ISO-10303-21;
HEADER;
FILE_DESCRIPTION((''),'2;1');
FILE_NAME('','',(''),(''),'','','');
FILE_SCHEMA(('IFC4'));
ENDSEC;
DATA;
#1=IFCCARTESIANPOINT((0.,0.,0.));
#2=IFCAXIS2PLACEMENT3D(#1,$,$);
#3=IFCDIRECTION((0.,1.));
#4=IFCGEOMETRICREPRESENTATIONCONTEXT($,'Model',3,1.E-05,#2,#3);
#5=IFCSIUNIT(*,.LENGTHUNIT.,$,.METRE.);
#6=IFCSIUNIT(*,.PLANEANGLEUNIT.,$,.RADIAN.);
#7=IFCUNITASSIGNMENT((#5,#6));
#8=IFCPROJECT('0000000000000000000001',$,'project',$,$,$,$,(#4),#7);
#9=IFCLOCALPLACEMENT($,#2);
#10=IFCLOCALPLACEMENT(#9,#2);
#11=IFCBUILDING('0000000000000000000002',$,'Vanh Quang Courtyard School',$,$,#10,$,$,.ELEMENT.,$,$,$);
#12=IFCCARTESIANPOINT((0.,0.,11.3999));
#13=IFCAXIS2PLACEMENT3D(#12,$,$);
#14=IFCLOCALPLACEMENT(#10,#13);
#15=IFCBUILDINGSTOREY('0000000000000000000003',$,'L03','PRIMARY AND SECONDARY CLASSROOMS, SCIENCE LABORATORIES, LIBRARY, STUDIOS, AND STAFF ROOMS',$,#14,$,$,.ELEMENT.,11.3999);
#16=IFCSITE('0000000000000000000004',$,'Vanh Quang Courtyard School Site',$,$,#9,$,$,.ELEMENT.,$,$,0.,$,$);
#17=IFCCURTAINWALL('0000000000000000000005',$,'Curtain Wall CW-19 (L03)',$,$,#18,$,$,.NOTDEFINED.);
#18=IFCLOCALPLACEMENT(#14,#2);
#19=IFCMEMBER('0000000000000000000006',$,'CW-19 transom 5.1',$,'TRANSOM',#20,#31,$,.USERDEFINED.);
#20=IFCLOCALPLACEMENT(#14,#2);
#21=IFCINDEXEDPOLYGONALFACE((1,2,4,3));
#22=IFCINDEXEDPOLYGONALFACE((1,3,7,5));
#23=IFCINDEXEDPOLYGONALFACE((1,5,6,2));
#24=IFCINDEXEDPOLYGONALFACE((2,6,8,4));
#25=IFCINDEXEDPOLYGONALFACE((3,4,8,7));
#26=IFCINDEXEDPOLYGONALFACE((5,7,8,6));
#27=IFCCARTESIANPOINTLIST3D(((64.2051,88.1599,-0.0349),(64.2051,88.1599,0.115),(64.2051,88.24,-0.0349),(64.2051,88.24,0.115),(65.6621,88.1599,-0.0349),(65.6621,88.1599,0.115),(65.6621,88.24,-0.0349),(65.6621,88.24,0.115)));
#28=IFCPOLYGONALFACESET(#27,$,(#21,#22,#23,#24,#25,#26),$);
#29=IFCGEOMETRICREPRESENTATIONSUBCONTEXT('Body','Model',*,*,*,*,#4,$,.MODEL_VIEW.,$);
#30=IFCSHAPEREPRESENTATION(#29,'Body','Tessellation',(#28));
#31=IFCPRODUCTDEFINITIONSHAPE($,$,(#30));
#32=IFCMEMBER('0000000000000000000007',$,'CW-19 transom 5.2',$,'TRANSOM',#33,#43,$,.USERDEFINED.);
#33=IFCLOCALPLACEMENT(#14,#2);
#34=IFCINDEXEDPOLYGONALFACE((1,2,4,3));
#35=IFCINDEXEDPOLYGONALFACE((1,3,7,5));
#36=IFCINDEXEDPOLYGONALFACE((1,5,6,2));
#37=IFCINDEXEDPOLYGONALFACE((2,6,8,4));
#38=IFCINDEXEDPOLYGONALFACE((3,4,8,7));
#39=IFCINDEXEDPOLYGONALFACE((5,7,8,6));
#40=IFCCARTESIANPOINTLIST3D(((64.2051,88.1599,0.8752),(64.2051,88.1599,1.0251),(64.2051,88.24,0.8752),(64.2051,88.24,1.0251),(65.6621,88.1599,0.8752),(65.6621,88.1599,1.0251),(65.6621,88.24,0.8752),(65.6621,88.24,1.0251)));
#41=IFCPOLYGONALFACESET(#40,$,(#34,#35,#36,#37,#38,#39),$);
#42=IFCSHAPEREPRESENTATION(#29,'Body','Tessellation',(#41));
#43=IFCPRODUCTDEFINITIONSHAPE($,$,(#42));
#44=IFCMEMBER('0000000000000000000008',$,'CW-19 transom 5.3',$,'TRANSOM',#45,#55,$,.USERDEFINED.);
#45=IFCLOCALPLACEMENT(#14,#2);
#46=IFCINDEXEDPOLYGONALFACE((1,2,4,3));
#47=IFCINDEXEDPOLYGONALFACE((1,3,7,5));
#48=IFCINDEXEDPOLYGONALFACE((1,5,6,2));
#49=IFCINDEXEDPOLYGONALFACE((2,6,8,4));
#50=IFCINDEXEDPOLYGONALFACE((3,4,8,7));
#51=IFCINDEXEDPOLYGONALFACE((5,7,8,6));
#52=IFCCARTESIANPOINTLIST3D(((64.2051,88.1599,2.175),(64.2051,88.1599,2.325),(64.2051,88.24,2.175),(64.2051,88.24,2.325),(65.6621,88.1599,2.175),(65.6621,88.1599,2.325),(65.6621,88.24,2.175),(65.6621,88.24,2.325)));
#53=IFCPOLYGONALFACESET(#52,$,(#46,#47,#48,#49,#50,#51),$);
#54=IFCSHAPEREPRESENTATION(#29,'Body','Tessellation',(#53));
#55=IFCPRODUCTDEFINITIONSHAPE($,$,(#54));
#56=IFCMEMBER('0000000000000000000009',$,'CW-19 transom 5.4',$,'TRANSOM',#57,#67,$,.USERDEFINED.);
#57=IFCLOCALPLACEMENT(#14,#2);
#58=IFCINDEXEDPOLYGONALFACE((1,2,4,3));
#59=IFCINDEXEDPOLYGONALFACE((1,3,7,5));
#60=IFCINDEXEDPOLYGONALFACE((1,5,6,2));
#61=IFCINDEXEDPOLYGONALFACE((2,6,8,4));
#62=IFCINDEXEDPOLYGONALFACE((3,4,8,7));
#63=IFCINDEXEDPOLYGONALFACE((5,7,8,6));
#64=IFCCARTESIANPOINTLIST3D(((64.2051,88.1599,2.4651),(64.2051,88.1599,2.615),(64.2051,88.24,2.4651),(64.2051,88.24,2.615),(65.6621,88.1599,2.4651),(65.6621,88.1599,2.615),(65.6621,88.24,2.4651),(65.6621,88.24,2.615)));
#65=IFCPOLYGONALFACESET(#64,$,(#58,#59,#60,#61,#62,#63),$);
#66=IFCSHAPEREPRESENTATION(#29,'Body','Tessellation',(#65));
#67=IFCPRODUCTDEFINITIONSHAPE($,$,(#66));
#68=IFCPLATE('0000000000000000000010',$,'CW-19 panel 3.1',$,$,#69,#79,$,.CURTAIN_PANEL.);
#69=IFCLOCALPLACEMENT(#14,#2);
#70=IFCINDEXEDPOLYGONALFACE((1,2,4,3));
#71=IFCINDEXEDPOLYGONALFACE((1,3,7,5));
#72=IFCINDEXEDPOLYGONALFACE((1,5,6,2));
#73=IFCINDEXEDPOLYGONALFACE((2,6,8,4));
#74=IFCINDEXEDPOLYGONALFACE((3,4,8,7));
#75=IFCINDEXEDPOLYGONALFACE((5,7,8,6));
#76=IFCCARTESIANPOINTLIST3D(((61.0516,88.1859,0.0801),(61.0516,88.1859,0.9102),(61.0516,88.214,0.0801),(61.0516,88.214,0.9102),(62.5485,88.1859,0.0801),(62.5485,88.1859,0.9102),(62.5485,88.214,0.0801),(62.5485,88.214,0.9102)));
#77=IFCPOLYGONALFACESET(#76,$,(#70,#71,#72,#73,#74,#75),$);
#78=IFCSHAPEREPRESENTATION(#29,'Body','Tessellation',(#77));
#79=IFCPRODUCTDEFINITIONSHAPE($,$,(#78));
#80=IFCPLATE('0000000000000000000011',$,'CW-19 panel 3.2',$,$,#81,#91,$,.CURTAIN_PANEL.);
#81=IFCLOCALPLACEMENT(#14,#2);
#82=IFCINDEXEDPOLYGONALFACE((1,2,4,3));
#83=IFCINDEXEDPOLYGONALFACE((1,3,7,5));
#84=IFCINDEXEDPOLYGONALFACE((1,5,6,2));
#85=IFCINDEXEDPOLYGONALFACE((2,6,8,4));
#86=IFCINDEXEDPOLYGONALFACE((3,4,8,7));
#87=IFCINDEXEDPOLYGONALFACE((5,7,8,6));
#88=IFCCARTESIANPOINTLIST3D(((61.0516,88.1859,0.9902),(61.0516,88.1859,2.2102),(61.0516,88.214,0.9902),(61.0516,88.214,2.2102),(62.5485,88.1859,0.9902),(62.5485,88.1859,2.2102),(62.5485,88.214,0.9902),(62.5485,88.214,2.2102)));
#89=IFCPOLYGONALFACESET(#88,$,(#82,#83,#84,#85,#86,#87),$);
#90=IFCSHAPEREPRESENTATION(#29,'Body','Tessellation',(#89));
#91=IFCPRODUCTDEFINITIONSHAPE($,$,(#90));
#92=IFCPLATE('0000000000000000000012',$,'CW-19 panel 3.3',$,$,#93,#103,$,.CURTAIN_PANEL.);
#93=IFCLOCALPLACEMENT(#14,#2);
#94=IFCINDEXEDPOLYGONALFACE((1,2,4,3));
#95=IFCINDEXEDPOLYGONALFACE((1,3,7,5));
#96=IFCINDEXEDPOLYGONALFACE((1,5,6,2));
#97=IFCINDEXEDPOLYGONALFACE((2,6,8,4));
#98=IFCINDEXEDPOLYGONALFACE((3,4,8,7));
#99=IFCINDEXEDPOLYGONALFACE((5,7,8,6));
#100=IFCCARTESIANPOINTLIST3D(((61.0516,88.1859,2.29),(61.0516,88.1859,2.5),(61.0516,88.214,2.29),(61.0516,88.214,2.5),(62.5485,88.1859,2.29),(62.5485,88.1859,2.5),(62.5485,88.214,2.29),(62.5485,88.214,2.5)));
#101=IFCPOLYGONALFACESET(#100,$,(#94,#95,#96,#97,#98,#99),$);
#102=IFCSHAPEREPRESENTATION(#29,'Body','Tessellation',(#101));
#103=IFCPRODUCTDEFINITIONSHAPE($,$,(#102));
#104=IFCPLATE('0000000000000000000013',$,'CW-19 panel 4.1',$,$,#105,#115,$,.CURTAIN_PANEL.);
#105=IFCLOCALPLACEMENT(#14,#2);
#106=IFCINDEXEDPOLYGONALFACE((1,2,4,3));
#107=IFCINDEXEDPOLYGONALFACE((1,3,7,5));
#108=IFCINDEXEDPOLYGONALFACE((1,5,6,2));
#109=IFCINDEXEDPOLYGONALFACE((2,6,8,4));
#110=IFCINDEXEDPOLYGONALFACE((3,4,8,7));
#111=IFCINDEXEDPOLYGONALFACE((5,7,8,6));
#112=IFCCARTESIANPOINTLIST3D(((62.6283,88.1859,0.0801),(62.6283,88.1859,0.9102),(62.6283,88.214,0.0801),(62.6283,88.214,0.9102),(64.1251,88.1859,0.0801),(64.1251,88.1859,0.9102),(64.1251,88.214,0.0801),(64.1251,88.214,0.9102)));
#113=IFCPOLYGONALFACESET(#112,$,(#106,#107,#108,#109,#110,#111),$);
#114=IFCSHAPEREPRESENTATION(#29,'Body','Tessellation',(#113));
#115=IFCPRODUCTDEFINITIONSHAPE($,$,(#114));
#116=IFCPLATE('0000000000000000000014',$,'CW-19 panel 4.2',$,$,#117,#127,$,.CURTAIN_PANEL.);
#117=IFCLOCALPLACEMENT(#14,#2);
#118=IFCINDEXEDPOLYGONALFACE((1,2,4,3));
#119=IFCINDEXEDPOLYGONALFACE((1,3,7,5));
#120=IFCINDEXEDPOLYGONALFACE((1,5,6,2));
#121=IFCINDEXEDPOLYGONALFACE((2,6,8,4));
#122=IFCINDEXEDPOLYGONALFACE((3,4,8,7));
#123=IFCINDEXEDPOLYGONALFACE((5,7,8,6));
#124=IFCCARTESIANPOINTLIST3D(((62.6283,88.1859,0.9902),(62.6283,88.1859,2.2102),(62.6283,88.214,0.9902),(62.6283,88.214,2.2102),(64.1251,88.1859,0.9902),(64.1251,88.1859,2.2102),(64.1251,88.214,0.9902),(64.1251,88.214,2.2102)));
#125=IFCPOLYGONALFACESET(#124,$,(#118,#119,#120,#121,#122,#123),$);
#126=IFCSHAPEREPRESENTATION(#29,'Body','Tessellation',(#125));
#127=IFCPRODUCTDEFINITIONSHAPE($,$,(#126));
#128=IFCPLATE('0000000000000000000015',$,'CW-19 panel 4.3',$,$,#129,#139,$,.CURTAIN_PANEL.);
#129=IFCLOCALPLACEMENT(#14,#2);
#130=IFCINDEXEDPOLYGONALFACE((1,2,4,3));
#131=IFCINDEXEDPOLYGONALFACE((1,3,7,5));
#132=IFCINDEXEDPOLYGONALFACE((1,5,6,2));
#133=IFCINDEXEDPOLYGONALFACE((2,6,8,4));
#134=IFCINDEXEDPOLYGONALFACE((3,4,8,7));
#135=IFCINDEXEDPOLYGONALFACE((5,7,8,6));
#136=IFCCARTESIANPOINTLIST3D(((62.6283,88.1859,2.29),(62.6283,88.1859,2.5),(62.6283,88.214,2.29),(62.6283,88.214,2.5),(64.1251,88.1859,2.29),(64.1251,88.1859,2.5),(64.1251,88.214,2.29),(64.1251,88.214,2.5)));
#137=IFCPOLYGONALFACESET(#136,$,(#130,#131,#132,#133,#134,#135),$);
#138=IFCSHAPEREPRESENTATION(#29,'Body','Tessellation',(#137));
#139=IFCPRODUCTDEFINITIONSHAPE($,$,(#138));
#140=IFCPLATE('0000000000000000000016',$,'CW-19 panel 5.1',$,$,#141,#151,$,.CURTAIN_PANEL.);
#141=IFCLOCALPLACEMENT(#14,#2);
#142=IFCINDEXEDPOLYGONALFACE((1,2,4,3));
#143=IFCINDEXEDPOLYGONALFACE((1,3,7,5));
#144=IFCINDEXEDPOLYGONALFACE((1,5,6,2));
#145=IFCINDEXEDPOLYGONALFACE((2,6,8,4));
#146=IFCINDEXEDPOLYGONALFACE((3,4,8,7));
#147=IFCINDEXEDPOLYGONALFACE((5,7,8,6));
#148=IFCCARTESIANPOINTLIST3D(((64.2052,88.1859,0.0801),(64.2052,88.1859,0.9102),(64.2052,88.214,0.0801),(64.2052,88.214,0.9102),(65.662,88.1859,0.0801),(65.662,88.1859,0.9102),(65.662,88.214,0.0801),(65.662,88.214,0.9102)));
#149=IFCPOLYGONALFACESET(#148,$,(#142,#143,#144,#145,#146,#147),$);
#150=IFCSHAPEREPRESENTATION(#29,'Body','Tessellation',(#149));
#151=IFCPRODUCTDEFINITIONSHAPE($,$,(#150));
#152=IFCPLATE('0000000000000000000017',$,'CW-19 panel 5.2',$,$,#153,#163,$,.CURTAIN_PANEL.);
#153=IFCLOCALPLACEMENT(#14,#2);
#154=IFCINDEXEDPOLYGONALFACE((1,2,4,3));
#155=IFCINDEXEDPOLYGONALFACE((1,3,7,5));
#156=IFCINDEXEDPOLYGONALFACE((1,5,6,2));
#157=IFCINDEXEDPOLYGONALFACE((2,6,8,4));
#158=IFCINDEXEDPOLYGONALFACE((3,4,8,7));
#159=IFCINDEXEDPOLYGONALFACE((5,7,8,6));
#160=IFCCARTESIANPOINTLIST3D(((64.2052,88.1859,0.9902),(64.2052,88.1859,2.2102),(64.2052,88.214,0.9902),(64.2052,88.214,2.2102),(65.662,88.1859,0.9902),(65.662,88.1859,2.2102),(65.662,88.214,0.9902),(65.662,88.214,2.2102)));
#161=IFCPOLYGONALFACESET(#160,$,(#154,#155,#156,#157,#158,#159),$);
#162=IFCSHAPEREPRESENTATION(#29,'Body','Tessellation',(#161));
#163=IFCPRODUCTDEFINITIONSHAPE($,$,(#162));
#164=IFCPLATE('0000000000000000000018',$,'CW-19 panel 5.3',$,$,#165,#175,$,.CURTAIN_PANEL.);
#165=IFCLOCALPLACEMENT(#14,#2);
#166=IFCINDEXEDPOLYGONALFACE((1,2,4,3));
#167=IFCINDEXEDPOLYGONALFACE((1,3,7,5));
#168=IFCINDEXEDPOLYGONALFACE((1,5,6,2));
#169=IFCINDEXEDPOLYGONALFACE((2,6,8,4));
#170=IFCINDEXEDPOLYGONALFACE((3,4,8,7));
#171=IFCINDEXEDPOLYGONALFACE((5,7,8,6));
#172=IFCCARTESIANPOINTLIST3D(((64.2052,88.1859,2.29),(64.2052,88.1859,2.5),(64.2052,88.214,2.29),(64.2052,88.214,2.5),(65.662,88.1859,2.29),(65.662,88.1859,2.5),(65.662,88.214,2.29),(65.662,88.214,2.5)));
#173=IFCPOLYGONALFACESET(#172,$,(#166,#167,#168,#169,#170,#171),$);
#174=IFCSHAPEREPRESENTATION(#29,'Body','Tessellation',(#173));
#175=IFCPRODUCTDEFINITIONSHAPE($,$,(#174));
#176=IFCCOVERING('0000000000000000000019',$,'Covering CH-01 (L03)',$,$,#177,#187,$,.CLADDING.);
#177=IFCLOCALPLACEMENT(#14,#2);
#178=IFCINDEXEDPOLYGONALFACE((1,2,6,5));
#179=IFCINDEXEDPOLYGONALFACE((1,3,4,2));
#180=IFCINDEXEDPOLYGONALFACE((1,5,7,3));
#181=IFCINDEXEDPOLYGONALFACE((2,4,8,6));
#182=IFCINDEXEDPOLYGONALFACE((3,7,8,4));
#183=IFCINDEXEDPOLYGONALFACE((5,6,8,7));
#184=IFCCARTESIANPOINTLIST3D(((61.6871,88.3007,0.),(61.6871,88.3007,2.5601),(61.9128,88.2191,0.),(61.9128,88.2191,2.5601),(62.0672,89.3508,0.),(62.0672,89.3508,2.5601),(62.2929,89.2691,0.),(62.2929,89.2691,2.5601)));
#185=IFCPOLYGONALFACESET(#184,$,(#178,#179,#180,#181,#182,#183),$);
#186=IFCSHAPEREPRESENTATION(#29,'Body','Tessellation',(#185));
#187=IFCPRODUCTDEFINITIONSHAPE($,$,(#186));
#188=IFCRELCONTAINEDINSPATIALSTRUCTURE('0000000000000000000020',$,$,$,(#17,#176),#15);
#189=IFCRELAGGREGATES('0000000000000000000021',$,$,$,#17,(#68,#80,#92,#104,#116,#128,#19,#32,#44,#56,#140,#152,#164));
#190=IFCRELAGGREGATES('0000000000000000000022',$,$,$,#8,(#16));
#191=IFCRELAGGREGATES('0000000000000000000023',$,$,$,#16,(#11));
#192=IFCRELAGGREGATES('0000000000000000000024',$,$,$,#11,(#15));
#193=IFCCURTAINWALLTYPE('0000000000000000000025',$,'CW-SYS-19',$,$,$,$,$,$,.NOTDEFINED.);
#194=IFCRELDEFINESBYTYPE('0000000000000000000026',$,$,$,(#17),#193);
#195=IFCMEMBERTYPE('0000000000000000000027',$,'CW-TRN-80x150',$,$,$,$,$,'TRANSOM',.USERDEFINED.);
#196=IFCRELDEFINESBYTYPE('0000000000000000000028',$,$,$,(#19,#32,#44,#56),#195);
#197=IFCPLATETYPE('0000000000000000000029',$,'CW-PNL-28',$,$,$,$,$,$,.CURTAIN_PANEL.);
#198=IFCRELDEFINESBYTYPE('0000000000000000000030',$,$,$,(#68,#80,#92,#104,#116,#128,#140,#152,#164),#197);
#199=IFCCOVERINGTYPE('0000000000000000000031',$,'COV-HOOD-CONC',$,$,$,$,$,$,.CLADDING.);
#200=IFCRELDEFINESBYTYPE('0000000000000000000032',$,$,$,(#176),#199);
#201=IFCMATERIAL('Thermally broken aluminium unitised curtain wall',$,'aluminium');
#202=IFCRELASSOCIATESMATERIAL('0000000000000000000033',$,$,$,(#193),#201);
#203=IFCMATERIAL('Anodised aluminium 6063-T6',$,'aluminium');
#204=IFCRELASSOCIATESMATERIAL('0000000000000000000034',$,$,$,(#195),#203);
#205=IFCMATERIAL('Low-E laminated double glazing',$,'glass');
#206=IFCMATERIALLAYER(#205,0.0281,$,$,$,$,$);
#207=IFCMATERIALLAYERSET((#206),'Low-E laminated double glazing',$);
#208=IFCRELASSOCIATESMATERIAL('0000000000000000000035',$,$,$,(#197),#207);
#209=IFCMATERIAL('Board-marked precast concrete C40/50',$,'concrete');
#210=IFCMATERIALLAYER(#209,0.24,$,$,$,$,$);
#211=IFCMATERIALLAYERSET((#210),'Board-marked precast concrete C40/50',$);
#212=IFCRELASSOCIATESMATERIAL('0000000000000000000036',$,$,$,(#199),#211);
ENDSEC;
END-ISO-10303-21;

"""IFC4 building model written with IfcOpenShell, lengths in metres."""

from ifc_helpers import new_model, si_unit, direction, frame, origin, origin_2d, place, context, subcontext, project, spatial, rectangle, extrude, material, layer, layer_set, material_profile, profile_set, type_object, element, aggregate, save


model = new_model("IFC4")

# Units and contexts
model_context = context("Model", 3, precision=1e-05, world=origin(), true_north=direction((0.0, 1.0)))
body_context = subcontext(model_context, "Body", "Model", "MODEL_VIEW")
ifc_project = project(units=[si_unit("LENGTHUNIT", "METRE"), si_unit("PLANEANGLEUNIT", "RADIAN")], contexts=[model_context])

# Site, building, storey
site_placement = place(None, origin())
site = spatial("IfcSite", under=ifc_project, at=site_placement, Name="Vanh Quang Courtyard School Site", CompositionType="ELEMENT", RefElevation=0.0)
building_placement = place(site_placement, origin())
building = spatial("IfcBuilding", under=site, at=building_placement, Name="Vanh Quang Courtyard School", CompositionType="ELEMENT")
storey_placement = place(building_placement, frame((0.0, 0.0, 11.3999)))
storey = spatial("IfcBuildingStorey", under=building, at=storey_placement, Name="L03", Description="PRIMARY AND SECONDARY CLASSROOMS, SCIENCE LABORATORIES, LIBRARY, STUDIOS, AND STAFF ROOMS", CompositionType="ELEMENT", Elevation=11.3999)

# Curtain wall, members, plates
ifc_material_1 = material(Name="Thermally broken aluminium unitised curtain wall", Category="aluminium")
curtain_wall_type = type_object("IfcCurtainWallType", Name="CW-SYS-19", PredefinedType="NOTDEFINED", material=ifc_material_1)
curtain_wall_placement = place(storey_placement, origin())
curtain_wall = element("IfcCurtainWall", 1, at=curtain_wall_placement, inside=storey, type_object=curtain_wall_type, Name="Curtain Wall CW-19 (L03)", PredefinedType="NOTDEFINED")
ifc_material_2 = material(Name="Anodised aluminium 6063-T6", Category="aluminium")
ifc_material_profile_1 = material_profile(ifc_material_2, rectangle(XDim=0.0801, YDim=0.1499, at=origin_2d()), Name="ALU-TRN 80x150")
ifc_profile_set_1 = profile_set([ifc_material_profile_1], Name="Anodised aluminium 6063-T6")
member_type_1 = type_object("IfcMemberType", Name="CW-TRN-80x150", ElementType="TRANSOM", PredefinedType="USERDEFINED", material=ifc_profile_set_1)
member_1_placement = place(storey_placement, frame((64.2051, 88.2, 0.04), z_axis=(1.0, 0.0, 0.0), x_axis=(0.0, 1.0, 0.0)))
member_1 = element("IfcMember", 2, at=member_1_placement, type_object=member_type_1, Name="CW-19 transom 5.1", ObjectType="TRANSOM", PredefinedType="USERDEFINED", context=body_context, shape_type="SweptSolid", body=[
    extrude(rectangle(XDim=0.0801, YDim=0.1499, at=origin_2d()), origin(), (0.0, 0.0, 1.0), 1.457),
])
member_2_placement = place(storey_placement, frame((64.2051, 88.2, 0.9502), z_axis=(1.0, 0.0, 0.0), x_axis=(0.0, 1.0, 0.0)))
member_2 = element("IfcMember", 3, at=member_2_placement, type_object=member_type_1, Name="CW-19 transom 5.2", ObjectType="TRANSOM", PredefinedType="USERDEFINED", context=body_context, shape_type="SweptSolid", body=[
    extrude(rectangle(XDim=0.0801, YDim=0.1499, at=origin_2d()), origin(), (0.0, 0.0, 1.0), 1.457),
])
member_3_placement = place(storey_placement, frame((64.2051, 88.2, 2.25), z_axis=(1.0, 0.0, 0.0), x_axis=(0.0, 1.0, 0.0)))
member_3 = element("IfcMember", 4, at=member_3_placement, type_object=member_type_1, Name="CW-19 transom 5.3", ObjectType="TRANSOM", PredefinedType="USERDEFINED", context=body_context, shape_type="SweptSolid", body=[
    extrude(rectangle(XDim=0.0801, YDim=0.1499, at=origin_2d()), origin(), (0.0, 0.0, 1.0), 1.457),
])
member_4_placement = place(storey_placement, frame((64.2051, 88.2, 2.54), z_axis=(1.0, 0.0, 0.0), x_axis=(0.0, 1.0, 0.0)))
member_4 = element("IfcMember", 5, at=member_4_placement, type_object=member_type_1, Name="CW-19 transom 5.4", ObjectType="TRANSOM", PredefinedType="USERDEFINED", context=body_context, shape_type="SweptSolid", body=[
    extrude(rectangle(XDim=0.0801, YDim=0.1499, at=origin_2d()), origin(), (0.0, 0.0, 1.0), 1.457),
])
ifc_material_3 = material(Name="Low-E laminated double glazing", Category="glass")
ifc_layer_1 = layer(ifc_material_3, 0.0281)
ifc_layer_set_1 = layer_set([ifc_layer_1], Name="Low-E laminated double glazing")
plate_type = type_object("IfcPlateType", Name="CW-PNL-28", PredefinedType="CURTAIN_PANEL", material=ifc_layer_set_1)
plate_1_placement = place(storey_placement, frame((61.8, 88.2, 0.0801), z_axis=(0.0, 0.0, 1.0), x_axis=(1.0, 0.0, 0.0)))
plate_1 = element("IfcPlate", 6, at=plate_1_placement, type_object=plate_type, Name="CW-19 panel 3.1", PredefinedType="CURTAIN_PANEL", context=body_context, shape_type="SweptSolid", body=[
    extrude(rectangle(XDim=1.4968, YDim=0.0281, at=origin_2d()), origin(), (0.0, 0.0, 1.0), 0.8301),
])
plate_2_placement = place(storey_placement, frame((61.8, 88.2, 0.9902), z_axis=(0.0, 0.0, 1.0), x_axis=(1.0, 0.0, 0.0)))
plate_2 = element("IfcPlate", 7, at=plate_2_placement, type_object=plate_type, Name="CW-19 panel 3.2", PredefinedType="CURTAIN_PANEL", context=body_context, shape_type="SweptSolid", body=[
    extrude(rectangle(XDim=1.4968, YDim=0.0281, at=origin_2d()), origin(), (0.0, 0.0, 1.0), 1.22),
])
plate_3_placement = place(storey_placement, frame((61.8, 88.2, 2.29), z_axis=(0.0, 0.0, 1.0), x_axis=(1.0, 0.0, 0.0)))
plate_3 = element("IfcPlate", 8, at=plate_3_placement, type_object=plate_type, Name="CW-19 panel 3.3", PredefinedType="CURTAIN_PANEL", context=body_context, shape_type="SweptSolid", body=[
    extrude(rectangle(XDim=1.4968, YDim=0.0281, at=origin_2d()), origin(), (0.0, 0.0, 1.0), 0.21),
])
plate_4_placement = place(storey_placement, frame((63.3767, 88.2, 0.0801), z_axis=(0.0, 0.0, 1.0), x_axis=(1.0, 0.0, 0.0)))
plate_4 = element("IfcPlate", 9, at=plate_4_placement, type_object=plate_type, Name="CW-19 panel 4.1", PredefinedType="CURTAIN_PANEL", context=body_context, shape_type="SweptSolid", body=[
    extrude(rectangle(XDim=1.4968, YDim=0.0281, at=origin_2d()), origin(), (0.0, 0.0, 1.0), 0.8301),
])
plate_5_placement = place(storey_placement, frame((63.3767, 88.2, 0.9902), z_axis=(0.0, 0.0, 1.0), x_axis=(1.0, 0.0, 0.0)))
plate_5 = element("IfcPlate", 10, at=plate_5_placement, type_object=plate_type, Name="CW-19 panel 4.2", PredefinedType="CURTAIN_PANEL", context=body_context, shape_type="SweptSolid", body=[
    extrude(rectangle(XDim=1.4968, YDim=0.0281, at=origin_2d()), origin(), (0.0, 0.0, 1.0), 1.22),
])
plate_6_placement = place(storey_placement, frame((63.3767, 88.2, 2.29), z_axis=(0.0, 0.0, 1.0), x_axis=(1.0, 0.0, 0.0)))
plate_6 = element("IfcPlate", 11, at=plate_6_placement, type_object=plate_type, Name="CW-19 panel 4.3", PredefinedType="CURTAIN_PANEL", context=body_context, shape_type="SweptSolid", body=[
    extrude(rectangle(XDim=1.4968, YDim=0.0281, at=origin_2d()), origin(), (0.0, 0.0, 1.0), 0.21),
])
plate_7_placement = place(storey_placement, frame((64.9336, 88.2, 0.0801), z_axis=(0.0, 0.0, 1.0), x_axis=(1.0, 0.0, 0.0)))
plate_7 = element("IfcPlate", 12, at=plate_7_placement, type_object=plate_type, Name="CW-19 panel 5.1", PredefinedType="CURTAIN_PANEL", context=body_context, shape_type="SweptSolid", body=[
    extrude(rectangle(XDim=1.4568, YDim=0.0281, at=origin_2d()), origin(), (0.0, 0.0, 1.0), 0.8301),
])
plate_8_placement = place(storey_placement, frame((64.9336, 88.2, 0.9902), z_axis=(0.0, 0.0, 1.0), x_axis=(1.0, 0.0, 0.0)))
plate_8 = element("IfcPlate", 13, at=plate_8_placement, type_object=plate_type, Name="CW-19 panel 5.2", PredefinedType="CURTAIN_PANEL", context=body_context, shape_type="SweptSolid", body=[
    extrude(rectangle(XDim=1.4568, YDim=0.0281, at=origin_2d()), origin(), (0.0, 0.0, 1.0), 1.22),
])
plate_9_placement = place(storey_placement, frame((64.9336, 88.2, 2.29), z_axis=(0.0, 0.0, 1.0), x_axis=(1.0, 0.0, 0.0)))
plate_9 = element("IfcPlate", 14, at=plate_9_placement, type_object=plate_type, Name="CW-19 panel 5.3", PredefinedType="CURTAIN_PANEL", context=body_context, shape_type="SweptSolid", body=[
    extrude(rectangle(XDim=1.4568, YDim=0.0281, at=origin_2d()), origin(), (0.0, 0.0, 1.0), 0.21),
])
aggregate(curtain_wall, [plate_1, plate_2, plate_3, plate_4, plate_5, plate_6, member_1, member_2, member_3, member_4, plate_7, plate_8, plate_9])

# Covering
ifc_material_4 = material(Name="Board-marked precast concrete C40/50", Category="concrete")
ifc_layer_2 = layer(ifc_material_4, 0.24)
ifc_layer_set_2 = layer_set([ifc_layer_2], Name="Board-marked precast concrete C40/50")
covering_type = type_object("IfcCoveringType", Name="COV-HOOD-CONC", PredefinedType="CLADDING", material=ifc_layer_set_2)
covering_placement = place(storey_placement, frame((61.99, 88.7849, 0.0), z_axis=(0.0, 0.0, 1.0), x_axis=(0.34038, 0.940288, 0.0)))
element("IfcCovering", 15, at=covering_placement, inside=storey, type_object=covering_type, Name="Covering CH-01 (L03)", PredefinedType="CLADDING", context=body_context, shape_type="SweptSolid", body=[
    extrude(rectangle(XDim=1.1167, YDim=0.24, at=origin_2d()), origin(), (0.0, 0.0, 1.0), 2.5601),
])

save(model, "model.ifc")
